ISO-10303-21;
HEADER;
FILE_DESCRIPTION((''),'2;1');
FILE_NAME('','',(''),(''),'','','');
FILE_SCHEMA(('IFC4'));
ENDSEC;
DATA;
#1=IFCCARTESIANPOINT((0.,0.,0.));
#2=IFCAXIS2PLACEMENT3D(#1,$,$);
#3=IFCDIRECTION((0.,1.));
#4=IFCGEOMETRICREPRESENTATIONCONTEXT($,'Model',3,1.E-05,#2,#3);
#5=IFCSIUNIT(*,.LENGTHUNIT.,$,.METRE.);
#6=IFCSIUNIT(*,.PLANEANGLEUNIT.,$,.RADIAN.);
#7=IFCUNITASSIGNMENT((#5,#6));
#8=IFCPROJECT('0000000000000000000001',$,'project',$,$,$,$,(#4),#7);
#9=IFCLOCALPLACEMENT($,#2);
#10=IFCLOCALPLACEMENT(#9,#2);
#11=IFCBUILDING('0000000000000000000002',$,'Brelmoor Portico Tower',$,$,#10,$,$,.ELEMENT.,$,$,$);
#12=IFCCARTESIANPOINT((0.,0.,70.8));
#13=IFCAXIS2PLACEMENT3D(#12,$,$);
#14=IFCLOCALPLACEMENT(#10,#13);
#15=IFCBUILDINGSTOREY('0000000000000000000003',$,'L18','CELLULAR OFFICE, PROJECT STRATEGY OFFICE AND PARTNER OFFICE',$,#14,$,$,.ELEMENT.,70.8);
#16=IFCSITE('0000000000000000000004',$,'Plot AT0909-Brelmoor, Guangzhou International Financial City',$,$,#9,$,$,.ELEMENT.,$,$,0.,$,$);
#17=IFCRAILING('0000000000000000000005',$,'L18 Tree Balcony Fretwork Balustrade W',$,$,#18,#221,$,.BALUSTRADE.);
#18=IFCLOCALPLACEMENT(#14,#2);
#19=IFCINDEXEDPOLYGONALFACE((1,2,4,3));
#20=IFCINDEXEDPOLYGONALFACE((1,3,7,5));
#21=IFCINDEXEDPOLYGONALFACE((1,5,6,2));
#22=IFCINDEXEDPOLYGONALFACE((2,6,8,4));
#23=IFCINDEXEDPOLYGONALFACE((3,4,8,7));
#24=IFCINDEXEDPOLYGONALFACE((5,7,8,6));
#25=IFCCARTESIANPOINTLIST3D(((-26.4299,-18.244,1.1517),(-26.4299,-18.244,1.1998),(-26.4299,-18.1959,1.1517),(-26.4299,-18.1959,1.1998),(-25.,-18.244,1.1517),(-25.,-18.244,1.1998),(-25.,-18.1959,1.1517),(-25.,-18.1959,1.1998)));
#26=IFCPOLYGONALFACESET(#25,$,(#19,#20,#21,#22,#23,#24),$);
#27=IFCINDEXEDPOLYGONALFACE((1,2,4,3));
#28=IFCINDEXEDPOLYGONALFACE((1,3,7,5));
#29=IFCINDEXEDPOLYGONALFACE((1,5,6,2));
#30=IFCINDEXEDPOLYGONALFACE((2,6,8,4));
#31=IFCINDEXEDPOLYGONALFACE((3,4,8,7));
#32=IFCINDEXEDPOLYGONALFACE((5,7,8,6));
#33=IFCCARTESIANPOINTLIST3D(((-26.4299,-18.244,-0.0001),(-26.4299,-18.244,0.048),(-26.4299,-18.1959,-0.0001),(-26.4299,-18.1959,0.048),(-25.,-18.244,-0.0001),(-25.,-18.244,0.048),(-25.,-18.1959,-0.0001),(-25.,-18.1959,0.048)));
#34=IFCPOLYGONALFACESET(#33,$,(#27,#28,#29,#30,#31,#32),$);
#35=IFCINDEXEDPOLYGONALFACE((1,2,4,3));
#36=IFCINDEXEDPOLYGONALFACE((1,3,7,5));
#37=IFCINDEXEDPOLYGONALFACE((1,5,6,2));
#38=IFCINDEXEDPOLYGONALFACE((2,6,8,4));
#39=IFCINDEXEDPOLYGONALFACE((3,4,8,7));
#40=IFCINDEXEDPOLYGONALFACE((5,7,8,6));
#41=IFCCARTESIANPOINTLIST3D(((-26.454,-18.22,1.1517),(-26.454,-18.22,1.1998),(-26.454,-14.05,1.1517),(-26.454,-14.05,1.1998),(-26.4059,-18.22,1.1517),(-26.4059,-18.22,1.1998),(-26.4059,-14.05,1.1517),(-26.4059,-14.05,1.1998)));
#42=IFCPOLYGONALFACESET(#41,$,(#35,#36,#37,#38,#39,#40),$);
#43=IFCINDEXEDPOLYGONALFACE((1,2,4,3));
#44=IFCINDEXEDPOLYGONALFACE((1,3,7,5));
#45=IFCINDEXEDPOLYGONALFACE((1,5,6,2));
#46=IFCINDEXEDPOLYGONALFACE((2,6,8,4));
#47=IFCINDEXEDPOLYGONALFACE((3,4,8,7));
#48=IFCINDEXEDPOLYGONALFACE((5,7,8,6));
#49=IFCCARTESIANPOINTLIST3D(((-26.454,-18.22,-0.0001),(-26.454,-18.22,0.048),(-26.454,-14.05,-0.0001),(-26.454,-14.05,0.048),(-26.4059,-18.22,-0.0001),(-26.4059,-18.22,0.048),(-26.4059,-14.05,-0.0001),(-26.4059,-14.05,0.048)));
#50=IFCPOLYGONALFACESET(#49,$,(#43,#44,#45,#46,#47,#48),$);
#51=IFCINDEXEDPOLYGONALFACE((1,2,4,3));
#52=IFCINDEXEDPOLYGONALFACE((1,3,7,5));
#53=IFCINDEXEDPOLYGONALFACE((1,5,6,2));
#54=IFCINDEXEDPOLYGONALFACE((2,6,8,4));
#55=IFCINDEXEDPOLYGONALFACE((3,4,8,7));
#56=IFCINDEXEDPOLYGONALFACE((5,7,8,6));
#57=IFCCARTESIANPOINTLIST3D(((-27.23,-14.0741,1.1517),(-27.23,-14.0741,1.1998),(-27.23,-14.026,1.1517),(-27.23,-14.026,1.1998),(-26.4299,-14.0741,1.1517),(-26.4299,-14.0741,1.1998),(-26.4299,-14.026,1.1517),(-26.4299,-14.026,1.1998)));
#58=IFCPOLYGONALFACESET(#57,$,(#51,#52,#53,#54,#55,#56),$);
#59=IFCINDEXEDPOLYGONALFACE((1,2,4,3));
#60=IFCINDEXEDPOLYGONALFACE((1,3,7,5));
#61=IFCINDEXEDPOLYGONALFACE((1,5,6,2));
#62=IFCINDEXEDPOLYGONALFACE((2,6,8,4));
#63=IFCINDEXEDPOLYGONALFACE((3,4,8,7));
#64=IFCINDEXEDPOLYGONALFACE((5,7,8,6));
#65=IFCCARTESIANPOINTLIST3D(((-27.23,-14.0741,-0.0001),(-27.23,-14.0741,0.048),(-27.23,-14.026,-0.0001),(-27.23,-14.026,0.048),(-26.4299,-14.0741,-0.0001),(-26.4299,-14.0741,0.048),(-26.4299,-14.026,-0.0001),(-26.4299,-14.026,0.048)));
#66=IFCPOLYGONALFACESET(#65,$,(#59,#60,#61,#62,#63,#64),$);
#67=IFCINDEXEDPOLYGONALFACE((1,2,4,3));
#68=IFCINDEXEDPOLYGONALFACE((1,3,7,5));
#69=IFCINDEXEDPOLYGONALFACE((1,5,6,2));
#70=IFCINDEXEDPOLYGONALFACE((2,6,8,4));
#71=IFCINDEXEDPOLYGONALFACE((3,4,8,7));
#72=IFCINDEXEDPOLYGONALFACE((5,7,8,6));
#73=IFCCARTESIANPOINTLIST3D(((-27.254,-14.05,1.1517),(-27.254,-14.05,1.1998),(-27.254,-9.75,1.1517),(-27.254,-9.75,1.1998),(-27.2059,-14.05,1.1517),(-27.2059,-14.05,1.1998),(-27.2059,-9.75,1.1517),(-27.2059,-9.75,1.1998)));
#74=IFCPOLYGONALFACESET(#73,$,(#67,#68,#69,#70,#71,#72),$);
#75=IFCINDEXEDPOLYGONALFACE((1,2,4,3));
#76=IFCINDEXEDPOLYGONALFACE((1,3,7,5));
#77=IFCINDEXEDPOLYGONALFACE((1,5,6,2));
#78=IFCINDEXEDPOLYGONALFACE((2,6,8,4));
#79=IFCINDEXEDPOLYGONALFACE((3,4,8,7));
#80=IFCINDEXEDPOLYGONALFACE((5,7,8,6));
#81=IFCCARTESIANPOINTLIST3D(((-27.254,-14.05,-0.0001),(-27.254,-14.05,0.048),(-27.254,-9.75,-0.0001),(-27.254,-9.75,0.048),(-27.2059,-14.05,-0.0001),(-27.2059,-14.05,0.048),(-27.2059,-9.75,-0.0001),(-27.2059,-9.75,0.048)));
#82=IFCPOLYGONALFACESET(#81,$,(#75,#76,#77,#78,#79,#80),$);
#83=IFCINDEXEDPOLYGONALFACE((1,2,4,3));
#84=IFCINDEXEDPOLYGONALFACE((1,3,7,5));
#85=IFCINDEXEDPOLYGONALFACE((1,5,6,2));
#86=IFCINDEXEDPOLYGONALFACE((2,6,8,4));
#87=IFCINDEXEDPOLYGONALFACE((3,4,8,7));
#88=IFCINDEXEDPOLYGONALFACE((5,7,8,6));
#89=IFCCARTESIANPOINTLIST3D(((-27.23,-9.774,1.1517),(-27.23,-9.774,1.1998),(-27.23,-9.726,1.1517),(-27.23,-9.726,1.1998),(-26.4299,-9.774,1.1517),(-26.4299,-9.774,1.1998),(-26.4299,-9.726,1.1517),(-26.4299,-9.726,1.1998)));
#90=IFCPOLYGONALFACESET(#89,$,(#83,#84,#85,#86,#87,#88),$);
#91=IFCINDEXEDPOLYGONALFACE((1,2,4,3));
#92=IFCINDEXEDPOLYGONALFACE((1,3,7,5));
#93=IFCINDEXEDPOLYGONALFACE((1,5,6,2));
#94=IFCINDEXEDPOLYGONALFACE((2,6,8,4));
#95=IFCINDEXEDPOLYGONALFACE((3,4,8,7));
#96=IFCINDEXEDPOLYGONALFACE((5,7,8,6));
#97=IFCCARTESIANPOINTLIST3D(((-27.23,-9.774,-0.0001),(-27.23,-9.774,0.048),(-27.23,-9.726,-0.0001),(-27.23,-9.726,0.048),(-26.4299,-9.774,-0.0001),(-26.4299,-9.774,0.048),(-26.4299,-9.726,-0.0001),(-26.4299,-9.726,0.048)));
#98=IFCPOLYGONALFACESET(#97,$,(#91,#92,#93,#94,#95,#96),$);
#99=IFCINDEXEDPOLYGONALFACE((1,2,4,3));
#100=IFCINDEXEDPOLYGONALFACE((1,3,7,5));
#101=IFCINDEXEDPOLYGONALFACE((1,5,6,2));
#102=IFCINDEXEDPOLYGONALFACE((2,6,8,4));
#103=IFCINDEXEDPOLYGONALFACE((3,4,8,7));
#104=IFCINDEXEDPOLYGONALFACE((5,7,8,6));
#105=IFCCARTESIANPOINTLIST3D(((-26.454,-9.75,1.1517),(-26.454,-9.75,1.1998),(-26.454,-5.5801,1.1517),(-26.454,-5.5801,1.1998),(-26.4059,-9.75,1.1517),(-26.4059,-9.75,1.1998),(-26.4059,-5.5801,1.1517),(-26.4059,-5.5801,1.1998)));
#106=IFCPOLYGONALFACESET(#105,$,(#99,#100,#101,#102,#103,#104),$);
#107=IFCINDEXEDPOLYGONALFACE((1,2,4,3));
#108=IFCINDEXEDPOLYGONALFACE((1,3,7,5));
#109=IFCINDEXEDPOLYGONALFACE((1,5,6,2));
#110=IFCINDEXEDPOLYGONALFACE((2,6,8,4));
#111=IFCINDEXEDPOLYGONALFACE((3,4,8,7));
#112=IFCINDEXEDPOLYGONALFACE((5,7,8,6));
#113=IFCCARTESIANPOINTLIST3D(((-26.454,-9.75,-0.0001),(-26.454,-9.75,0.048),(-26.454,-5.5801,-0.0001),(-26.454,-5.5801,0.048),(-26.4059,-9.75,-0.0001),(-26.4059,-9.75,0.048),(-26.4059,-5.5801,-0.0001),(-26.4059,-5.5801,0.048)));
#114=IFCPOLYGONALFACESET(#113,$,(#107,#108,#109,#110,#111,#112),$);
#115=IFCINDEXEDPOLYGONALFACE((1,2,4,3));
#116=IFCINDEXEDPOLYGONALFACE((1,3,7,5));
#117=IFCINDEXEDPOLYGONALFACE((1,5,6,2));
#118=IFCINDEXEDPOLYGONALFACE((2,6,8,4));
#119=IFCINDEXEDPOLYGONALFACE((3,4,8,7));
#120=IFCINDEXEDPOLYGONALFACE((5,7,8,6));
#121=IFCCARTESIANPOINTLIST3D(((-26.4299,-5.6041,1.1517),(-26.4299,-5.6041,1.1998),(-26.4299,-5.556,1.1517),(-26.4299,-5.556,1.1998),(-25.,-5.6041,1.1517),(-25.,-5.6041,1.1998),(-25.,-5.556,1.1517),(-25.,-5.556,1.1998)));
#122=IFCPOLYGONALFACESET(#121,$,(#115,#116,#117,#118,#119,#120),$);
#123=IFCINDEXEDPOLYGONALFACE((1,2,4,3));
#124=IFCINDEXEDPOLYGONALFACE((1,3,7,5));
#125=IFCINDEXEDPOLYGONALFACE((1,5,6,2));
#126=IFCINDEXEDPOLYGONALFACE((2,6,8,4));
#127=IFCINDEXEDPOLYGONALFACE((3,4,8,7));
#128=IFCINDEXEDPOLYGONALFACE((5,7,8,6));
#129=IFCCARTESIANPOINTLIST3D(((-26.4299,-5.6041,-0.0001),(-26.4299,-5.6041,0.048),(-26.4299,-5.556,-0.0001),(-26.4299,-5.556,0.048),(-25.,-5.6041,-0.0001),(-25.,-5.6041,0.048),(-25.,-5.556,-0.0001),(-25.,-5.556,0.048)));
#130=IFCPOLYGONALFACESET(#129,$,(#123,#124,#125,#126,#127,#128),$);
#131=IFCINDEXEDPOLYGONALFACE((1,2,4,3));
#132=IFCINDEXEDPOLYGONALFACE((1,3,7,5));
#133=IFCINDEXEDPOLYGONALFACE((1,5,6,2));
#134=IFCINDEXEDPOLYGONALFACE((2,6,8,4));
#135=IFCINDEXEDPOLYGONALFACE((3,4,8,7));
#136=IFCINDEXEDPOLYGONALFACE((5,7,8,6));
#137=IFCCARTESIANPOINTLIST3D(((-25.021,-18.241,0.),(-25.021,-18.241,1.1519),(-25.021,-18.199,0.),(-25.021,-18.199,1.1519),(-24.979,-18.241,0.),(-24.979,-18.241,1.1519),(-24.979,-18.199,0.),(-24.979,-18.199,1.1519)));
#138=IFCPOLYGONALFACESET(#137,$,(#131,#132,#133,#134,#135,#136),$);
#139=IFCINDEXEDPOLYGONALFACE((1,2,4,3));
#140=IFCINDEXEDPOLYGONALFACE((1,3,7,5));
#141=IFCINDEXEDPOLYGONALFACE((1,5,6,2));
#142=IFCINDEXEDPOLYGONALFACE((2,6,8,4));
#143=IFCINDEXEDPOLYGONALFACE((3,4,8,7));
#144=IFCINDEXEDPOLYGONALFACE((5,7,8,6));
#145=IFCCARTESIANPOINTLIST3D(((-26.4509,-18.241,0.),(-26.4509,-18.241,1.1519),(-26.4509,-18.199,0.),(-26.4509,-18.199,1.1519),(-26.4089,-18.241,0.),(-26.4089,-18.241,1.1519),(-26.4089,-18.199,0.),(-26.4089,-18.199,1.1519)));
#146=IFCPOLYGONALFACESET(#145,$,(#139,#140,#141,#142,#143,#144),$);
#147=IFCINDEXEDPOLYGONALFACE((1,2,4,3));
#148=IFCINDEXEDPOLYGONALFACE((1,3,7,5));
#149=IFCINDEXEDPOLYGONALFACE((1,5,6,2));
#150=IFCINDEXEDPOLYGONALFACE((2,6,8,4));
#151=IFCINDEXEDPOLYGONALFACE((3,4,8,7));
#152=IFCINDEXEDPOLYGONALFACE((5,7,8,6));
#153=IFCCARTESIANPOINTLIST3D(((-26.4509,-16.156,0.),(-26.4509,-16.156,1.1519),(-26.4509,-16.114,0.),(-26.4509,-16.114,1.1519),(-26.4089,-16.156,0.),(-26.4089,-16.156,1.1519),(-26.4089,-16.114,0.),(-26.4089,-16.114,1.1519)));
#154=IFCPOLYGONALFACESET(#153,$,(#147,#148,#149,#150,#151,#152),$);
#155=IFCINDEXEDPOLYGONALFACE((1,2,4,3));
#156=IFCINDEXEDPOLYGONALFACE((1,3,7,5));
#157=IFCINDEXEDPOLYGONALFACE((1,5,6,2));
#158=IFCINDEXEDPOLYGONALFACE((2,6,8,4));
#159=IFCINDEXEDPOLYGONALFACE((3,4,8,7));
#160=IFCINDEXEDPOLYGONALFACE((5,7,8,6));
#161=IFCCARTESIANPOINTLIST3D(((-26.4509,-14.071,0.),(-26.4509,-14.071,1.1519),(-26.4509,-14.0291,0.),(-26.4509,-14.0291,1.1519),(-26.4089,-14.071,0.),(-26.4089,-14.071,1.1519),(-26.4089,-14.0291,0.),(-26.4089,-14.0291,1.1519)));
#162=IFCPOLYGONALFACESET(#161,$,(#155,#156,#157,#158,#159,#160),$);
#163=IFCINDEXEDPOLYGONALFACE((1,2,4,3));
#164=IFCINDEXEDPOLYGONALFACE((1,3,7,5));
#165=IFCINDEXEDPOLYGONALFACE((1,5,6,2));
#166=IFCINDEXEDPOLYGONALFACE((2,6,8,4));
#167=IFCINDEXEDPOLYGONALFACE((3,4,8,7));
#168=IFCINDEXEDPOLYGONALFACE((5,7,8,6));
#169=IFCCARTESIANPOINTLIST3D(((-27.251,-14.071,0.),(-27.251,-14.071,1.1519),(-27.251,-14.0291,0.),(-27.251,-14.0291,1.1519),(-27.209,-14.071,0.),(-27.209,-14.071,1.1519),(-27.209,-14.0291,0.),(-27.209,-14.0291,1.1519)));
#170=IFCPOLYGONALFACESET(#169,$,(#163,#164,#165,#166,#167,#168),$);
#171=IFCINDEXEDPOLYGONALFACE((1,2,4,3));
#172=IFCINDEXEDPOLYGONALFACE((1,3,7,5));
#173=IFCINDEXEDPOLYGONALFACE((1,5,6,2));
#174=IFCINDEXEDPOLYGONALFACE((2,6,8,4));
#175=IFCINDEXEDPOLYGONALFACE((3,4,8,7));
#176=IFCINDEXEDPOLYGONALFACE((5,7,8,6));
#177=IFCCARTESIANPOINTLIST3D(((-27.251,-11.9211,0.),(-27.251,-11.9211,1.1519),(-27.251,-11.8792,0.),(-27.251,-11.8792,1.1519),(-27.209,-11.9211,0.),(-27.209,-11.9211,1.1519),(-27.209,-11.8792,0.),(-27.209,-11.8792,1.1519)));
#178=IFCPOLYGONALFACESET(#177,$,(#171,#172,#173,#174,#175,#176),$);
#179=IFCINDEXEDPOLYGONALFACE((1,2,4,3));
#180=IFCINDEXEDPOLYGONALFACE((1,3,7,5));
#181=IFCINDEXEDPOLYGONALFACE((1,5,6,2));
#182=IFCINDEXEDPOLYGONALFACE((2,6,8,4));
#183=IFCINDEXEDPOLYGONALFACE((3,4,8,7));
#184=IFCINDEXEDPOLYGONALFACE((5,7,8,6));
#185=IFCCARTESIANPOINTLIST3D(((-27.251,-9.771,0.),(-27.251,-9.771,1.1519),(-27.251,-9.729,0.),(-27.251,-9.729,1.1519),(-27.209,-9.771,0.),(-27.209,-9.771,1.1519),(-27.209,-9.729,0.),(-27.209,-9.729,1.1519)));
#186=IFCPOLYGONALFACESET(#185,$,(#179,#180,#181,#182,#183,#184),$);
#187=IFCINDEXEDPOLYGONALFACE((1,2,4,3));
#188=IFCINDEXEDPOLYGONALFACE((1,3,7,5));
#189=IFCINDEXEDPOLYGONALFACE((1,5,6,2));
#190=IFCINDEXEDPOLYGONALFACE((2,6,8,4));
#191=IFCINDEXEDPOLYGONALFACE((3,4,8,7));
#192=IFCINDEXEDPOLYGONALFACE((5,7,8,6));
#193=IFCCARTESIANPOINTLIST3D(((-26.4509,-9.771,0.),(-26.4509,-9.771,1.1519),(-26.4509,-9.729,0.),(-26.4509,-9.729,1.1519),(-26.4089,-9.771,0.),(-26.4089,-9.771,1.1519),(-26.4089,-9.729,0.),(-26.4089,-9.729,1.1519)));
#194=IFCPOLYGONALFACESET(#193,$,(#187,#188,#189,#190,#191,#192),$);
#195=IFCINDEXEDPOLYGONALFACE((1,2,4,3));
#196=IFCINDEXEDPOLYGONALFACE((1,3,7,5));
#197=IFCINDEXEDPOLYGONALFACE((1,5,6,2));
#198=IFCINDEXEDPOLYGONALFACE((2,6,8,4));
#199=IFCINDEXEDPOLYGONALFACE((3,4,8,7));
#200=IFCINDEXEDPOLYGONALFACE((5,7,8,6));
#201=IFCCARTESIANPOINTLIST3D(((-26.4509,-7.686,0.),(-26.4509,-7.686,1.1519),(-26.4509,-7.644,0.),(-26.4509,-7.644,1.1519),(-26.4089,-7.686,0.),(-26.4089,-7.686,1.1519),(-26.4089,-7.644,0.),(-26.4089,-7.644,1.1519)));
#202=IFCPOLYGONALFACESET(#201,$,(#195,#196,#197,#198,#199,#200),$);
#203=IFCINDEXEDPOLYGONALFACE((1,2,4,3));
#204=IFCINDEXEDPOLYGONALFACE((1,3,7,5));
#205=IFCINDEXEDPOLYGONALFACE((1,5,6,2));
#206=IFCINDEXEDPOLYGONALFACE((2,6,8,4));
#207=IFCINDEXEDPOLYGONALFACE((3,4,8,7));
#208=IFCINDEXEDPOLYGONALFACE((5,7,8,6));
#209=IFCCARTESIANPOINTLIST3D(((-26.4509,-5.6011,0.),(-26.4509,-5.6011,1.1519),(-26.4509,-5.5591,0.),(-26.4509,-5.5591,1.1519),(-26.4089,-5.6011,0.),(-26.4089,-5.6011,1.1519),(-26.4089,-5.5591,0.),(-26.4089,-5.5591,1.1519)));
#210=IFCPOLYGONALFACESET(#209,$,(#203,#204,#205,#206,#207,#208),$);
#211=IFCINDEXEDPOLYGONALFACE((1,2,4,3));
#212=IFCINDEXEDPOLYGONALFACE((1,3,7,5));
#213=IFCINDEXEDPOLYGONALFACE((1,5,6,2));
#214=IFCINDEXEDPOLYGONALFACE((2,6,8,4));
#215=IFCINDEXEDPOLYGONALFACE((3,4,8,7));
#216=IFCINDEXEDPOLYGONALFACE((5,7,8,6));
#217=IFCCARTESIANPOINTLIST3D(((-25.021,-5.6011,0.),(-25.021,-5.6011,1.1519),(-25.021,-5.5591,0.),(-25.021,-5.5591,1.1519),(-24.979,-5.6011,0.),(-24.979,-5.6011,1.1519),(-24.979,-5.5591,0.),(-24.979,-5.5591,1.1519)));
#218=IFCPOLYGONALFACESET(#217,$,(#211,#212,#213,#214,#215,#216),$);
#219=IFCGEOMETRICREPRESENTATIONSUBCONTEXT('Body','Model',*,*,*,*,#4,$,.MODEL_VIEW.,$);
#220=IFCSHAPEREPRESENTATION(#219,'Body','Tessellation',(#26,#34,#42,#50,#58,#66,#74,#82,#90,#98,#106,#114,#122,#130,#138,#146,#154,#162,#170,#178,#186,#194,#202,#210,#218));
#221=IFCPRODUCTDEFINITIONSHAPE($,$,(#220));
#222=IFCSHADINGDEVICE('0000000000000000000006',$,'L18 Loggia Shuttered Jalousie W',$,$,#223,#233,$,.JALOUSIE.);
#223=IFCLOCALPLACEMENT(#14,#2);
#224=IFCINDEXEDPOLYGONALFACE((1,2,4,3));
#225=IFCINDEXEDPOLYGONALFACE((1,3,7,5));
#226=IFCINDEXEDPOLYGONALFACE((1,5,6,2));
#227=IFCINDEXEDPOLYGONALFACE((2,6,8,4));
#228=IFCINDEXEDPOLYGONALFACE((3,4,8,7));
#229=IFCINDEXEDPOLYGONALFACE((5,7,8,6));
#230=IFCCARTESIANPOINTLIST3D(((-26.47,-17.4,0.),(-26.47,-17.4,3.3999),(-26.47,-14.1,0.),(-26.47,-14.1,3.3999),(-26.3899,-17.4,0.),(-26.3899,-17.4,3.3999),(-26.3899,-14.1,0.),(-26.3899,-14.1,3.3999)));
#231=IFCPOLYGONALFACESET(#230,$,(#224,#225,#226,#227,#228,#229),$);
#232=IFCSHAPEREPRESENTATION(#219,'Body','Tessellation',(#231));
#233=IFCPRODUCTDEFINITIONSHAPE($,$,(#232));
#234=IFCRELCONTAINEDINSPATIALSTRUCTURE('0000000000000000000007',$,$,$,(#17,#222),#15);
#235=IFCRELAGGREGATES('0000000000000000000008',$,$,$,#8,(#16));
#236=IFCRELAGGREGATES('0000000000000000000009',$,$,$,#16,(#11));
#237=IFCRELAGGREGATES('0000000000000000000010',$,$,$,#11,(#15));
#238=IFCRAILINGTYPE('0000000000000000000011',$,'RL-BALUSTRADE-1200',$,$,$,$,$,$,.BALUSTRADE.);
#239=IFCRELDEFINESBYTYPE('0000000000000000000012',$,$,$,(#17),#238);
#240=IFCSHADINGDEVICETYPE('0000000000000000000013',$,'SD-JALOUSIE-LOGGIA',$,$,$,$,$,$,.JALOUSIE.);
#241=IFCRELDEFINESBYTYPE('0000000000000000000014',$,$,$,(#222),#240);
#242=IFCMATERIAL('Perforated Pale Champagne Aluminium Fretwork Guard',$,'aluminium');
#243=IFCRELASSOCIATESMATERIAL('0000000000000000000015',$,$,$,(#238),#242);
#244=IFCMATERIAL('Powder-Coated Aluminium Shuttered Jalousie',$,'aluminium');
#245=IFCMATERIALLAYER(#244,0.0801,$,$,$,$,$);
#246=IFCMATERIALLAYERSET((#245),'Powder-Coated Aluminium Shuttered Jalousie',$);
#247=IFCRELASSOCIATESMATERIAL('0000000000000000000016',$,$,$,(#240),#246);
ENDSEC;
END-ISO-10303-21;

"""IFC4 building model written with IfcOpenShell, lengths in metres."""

from ifc_helpers import new_model, si_unit, direction, frame, origin, origin_2d, place, context, subcontext, project, spatial, rectangle, extrude, material, layer, layer_set, type_object, element, save


model = new_model("IFC4")

# Units and contexts
model_context = context("Model", 3, precision=1e-05, world=origin(), true_north=direction((0.0, 1.0)))
body_context = subcontext(model_context, "Body", "Model", "MODEL_VIEW")
ifc_project = project(units=[si_unit("LENGTHUNIT", "METRE"), si_unit("PLANEANGLEUNIT", "RADIAN")], contexts=[model_context])

# Site, building, storey
site_placement = place(None, origin())
site = spatial("IfcSite", under=ifc_project, at=site_placement, Name="Plot AT0909-Brelmoor, Guangzhou International Financial City", CompositionType="ELEMENT", RefElevation=0.0)
building_placement = place(site_placement, origin())
building = spatial("IfcBuilding", under=site, at=building_placement, Name="Brelmoor Portico Tower", CompositionType="ELEMENT")
storey_placement = place(building_placement, frame((0.0, 0.0, 70.8)))
storey = spatial("IfcBuildingStorey", under=building, at=storey_placement, Name="L18", Description="CELLULAR OFFICE, PROJECT STRATEGY OFFICE AND PARTNER OFFICE", CompositionType="ELEMENT", Elevation=70.8)

# Railing
ifc_material_1 = material(Name="Perforated Pale Champagne Aluminium Fretwork Guard", Category="aluminium")
railing_type = type_object("IfcRailingType", Name="RL-BALUSTRADE-1200", PredefinedType="BALUSTRADE", material=ifc_material_1)
railing_1_placement = place(storey_placement, frame((-25.0, -18.22, 0.0)))
element("IfcRailing", 1, at=railing_1_placement, inside=storey, type_object=railing_type, Name="L18 Tree Balcony Fretwork Balustrade W", PredefinedType="BALUSTRADE", context=body_context, shape_type="SweptSolid", body=[
    extrude(rectangle(XDim=0.0481, YDim=0.0481, at=origin_2d()), frame((0.0, 0.0, 1.1758), z_axis=(-1.0, 0.0, 0.0), x_axis=(0.0, -1.0, 0.0)), (0.0, 0.0, 1.0), 1.4299),
    extrude(rectangle(XDim=0.0481, YDim=0.0481, at=origin_2d()), frame((0.0, 0.0, 0.0239), z_axis=(-1.0, 0.0, 0.0), x_axis=(0.0, -1.0, 0.0)), (0.0, 0.0, 1.0), 1.4299),
    extrude(rectangle(XDim=0.0481, YDim=0.0481, at=origin_2d()), frame((-1.4299, 0.0, 1.1758), z_axis=(0.0, 1.0, 0.0), x_axis=(-1.0, 0.0, 0.0)), (0.0, 0.0, 1.0), 4.1699),
    extrude(rectangle(XDim=0.0481, YDim=0.0481, at=origin_2d()), frame((-1.4299, 0.0, 0.0239), z_axis=(0.0, 1.0, 0.0), x_axis=(-1.0, 0.0, 0.0)), (0.0, 0.0, 1.0), 4.1699),
    extrude(rectangle(XDim=0.0481, YDim=0.0481, at=origin_2d()), frame((-1.4299, 4.1699, 1.1758), z_axis=(-1.0, 0.0, 0.0), x_axis=(0.0, -1.0, 0.0)), (0.0, 0.0, 1.0), 0.8),
    extrude(rectangle(XDim=0.0481, YDim=0.0481, at=origin_2d()), frame((-1.4299, 4.1699, 0.0239), z_axis=(-1.0, 0.0, 0.0), x_axis=(0.0, -1.0, 0.0)), (0.0, 0.0, 1.0), 0.8),
    extrude(rectangle(XDim=0.0481, YDim=0.0481, at=origin_2d()), frame((-2.23, 4.1699, 1.1758), z_axis=(0.0, 1.0, 0.0), x_axis=(-1.0, 0.0, 0.0)), (0.0, 0.0, 1.0), 4.3),
    extrude(rectangle(XDim=0.0481, YDim=0.0481, at=origin_2d()), frame((-2.23, 4.1699, 0.0239), z_axis=(0.0, 1.0, 0.0), x_axis=(-1.0, 0.0, 0.0)), (0.0, 0.0, 1.0), 4.3),
    extrude(rectangle(XDim=0.0481, YDim=0.0481, at=origin_2d()), frame((-2.23, 8.47, 1.1758), z_axis=(1.0, 0.0, 0.0), x_axis=(0.0, 1.0, 0.0)), (0.0, 0.0, 1.0), 0.8),
    extrude(rectangle(XDim=0.0481, YDim=0.0481, at=origin_2d()), frame((-2.23, 8.47, 0.0239), z_axis=(1.0, 0.0, 0.0), x_axis=(0.0, 1.0, 0.0)), (0.0, 0.0, 1.0), 0.8),
    extrude(rectangle(XDim=0.0481, YDim=0.0481, at=origin_2d()), frame((-1.4299, 8.47, 1.1758), z_axis=(0.0, 1.0, 0.0), x_axis=(-1.0, 0.0, 0.0)), (0.0, 0.0, 1.0), 4.1699),
    extrude(rectangle(XDim=0.0481, YDim=0.0481, at=origin_2d()), frame((-1.4299, 8.47, 0.0239), z_axis=(0.0, 1.0, 0.0), x_axis=(-1.0, 0.0, 0.0)), (0.0, 0.0, 1.0), 4.1699),
    extrude(rectangle(XDim=0.0481, YDim=0.0481, at=origin_2d()), frame((-1.4299, 12.6399, 1.1758), z_axis=(1.0, 0.0, 0.0), x_axis=(0.0, 1.0, 0.0)), (0.0, 0.0, 1.0), 1.4299),
    extrude(rectangle(XDim=0.0481, YDim=0.0481, at=origin_2d()), frame((-1.4299, 12.6399, 0.0239), z_axis=(1.0, 0.0, 0.0), x_axis=(0.0, 1.0, 0.0)), (0.0, 0.0, 1.0), 1.4299),
    extrude(rectangle(XDim=0.042, YDim=0.042, at=origin_2d()), origin(), (0.0, 0.0, 1.0), 1.1519),
    extrude(rectangle(XDim=0.042, YDim=0.042, at=origin_2d()), frame((-1.4299, 0.0, 0.0)), (0.0, 0.0, 1.0), 1.1519),
    extrude(rectangle(XDim=0.042, YDim=0.042, at=origin_2d()), frame((-1.4299, 2.085, 0.0)), (0.0, 0.0, 1.0), 1.1519),
    extrude(rectangle(XDim=0.042, YDim=0.042, at=origin_2d()), frame((-1.4299, 4.1699, 0.0)), (0.0, 0.0, 1.0), 1.1519),
    extrude(rectangle(XDim=0.042, YDim=0.042, at=origin_2d()), frame((-2.23, 4.1699, 0.0)), (0.0, 0.0, 1.0), 1.1519),
    extrude(rectangle(XDim=0.042, YDim=0.042, at=origin_2d()), frame((-2.23, 6.3198, 0.0)), (0.0, 0.0, 1.0), 1.1519),
    extrude(rectangle(XDim=0.042, YDim=0.042, at=origin_2d()), frame((-2.23, 8.47, 0.0)), (0.0, 0.0, 1.0), 1.1519),
    extrude(rectangle(XDim=0.042, YDim=0.042, at=origin_2d()), frame((-1.4299, 8.47, 0.0)), (0.0, 0.0, 1.0), 1.1519),
    extrude(rectangle(XDim=0.042, YDim=0.042, at=origin_2d()), frame((-1.4299, 10.5549, 0.0)), (0.0, 0.0, 1.0), 1.1519),
    extrude(rectangle(XDim=0.042, YDim=0.042, at=origin_2d()), frame((-1.4299, 12.6399, 0.0)), (0.0, 0.0, 1.0), 1.1519),
    extrude(rectangle(XDim=0.042, YDim=0.042, at=origin_2d()), frame((0.0, 12.6399, 0.0)), (0.0, 0.0, 1.0), 1.1519),
])

# Shading device
ifc_material_2 = material(Name="Powder-Coated Aluminium Shuttered Jalousie", Category="aluminium")
ifc_layer_1 = layer(ifc_material_2, 0.0801)
ifc_layer_set_1 = layer_set([ifc_layer_1], Name="Powder-Coated Aluminium Shuttered Jalousie")
shading_device_type = type_object("IfcShadingDeviceType", Name="SD-JALOUSIE-LOGGIA", PredefinedType="JALOUSIE", material=ifc_layer_set_1)
shading_device_placement = place(storey_placement, frame((-26.4299, -15.75, 0.0), z_axis=(0.0, 0.0, 1.0), x_axis=(0.0, 1.0, 0.0)))
element("IfcShadingDevice", 2, at=shading_device_placement, inside=storey, type_object=shading_device_type, Name="L18 Loggia Shuttered Jalousie W", PredefinedType="JALOUSIE", context=body_context, shape_type="SweptSolid", body=[
    extrude(rectangle(XDim=3.3, YDim=0.0801, at=origin_2d()), origin(), (0.0, 0.0, 1.0), 3.3999),
])

save(model, "model.ifc")
